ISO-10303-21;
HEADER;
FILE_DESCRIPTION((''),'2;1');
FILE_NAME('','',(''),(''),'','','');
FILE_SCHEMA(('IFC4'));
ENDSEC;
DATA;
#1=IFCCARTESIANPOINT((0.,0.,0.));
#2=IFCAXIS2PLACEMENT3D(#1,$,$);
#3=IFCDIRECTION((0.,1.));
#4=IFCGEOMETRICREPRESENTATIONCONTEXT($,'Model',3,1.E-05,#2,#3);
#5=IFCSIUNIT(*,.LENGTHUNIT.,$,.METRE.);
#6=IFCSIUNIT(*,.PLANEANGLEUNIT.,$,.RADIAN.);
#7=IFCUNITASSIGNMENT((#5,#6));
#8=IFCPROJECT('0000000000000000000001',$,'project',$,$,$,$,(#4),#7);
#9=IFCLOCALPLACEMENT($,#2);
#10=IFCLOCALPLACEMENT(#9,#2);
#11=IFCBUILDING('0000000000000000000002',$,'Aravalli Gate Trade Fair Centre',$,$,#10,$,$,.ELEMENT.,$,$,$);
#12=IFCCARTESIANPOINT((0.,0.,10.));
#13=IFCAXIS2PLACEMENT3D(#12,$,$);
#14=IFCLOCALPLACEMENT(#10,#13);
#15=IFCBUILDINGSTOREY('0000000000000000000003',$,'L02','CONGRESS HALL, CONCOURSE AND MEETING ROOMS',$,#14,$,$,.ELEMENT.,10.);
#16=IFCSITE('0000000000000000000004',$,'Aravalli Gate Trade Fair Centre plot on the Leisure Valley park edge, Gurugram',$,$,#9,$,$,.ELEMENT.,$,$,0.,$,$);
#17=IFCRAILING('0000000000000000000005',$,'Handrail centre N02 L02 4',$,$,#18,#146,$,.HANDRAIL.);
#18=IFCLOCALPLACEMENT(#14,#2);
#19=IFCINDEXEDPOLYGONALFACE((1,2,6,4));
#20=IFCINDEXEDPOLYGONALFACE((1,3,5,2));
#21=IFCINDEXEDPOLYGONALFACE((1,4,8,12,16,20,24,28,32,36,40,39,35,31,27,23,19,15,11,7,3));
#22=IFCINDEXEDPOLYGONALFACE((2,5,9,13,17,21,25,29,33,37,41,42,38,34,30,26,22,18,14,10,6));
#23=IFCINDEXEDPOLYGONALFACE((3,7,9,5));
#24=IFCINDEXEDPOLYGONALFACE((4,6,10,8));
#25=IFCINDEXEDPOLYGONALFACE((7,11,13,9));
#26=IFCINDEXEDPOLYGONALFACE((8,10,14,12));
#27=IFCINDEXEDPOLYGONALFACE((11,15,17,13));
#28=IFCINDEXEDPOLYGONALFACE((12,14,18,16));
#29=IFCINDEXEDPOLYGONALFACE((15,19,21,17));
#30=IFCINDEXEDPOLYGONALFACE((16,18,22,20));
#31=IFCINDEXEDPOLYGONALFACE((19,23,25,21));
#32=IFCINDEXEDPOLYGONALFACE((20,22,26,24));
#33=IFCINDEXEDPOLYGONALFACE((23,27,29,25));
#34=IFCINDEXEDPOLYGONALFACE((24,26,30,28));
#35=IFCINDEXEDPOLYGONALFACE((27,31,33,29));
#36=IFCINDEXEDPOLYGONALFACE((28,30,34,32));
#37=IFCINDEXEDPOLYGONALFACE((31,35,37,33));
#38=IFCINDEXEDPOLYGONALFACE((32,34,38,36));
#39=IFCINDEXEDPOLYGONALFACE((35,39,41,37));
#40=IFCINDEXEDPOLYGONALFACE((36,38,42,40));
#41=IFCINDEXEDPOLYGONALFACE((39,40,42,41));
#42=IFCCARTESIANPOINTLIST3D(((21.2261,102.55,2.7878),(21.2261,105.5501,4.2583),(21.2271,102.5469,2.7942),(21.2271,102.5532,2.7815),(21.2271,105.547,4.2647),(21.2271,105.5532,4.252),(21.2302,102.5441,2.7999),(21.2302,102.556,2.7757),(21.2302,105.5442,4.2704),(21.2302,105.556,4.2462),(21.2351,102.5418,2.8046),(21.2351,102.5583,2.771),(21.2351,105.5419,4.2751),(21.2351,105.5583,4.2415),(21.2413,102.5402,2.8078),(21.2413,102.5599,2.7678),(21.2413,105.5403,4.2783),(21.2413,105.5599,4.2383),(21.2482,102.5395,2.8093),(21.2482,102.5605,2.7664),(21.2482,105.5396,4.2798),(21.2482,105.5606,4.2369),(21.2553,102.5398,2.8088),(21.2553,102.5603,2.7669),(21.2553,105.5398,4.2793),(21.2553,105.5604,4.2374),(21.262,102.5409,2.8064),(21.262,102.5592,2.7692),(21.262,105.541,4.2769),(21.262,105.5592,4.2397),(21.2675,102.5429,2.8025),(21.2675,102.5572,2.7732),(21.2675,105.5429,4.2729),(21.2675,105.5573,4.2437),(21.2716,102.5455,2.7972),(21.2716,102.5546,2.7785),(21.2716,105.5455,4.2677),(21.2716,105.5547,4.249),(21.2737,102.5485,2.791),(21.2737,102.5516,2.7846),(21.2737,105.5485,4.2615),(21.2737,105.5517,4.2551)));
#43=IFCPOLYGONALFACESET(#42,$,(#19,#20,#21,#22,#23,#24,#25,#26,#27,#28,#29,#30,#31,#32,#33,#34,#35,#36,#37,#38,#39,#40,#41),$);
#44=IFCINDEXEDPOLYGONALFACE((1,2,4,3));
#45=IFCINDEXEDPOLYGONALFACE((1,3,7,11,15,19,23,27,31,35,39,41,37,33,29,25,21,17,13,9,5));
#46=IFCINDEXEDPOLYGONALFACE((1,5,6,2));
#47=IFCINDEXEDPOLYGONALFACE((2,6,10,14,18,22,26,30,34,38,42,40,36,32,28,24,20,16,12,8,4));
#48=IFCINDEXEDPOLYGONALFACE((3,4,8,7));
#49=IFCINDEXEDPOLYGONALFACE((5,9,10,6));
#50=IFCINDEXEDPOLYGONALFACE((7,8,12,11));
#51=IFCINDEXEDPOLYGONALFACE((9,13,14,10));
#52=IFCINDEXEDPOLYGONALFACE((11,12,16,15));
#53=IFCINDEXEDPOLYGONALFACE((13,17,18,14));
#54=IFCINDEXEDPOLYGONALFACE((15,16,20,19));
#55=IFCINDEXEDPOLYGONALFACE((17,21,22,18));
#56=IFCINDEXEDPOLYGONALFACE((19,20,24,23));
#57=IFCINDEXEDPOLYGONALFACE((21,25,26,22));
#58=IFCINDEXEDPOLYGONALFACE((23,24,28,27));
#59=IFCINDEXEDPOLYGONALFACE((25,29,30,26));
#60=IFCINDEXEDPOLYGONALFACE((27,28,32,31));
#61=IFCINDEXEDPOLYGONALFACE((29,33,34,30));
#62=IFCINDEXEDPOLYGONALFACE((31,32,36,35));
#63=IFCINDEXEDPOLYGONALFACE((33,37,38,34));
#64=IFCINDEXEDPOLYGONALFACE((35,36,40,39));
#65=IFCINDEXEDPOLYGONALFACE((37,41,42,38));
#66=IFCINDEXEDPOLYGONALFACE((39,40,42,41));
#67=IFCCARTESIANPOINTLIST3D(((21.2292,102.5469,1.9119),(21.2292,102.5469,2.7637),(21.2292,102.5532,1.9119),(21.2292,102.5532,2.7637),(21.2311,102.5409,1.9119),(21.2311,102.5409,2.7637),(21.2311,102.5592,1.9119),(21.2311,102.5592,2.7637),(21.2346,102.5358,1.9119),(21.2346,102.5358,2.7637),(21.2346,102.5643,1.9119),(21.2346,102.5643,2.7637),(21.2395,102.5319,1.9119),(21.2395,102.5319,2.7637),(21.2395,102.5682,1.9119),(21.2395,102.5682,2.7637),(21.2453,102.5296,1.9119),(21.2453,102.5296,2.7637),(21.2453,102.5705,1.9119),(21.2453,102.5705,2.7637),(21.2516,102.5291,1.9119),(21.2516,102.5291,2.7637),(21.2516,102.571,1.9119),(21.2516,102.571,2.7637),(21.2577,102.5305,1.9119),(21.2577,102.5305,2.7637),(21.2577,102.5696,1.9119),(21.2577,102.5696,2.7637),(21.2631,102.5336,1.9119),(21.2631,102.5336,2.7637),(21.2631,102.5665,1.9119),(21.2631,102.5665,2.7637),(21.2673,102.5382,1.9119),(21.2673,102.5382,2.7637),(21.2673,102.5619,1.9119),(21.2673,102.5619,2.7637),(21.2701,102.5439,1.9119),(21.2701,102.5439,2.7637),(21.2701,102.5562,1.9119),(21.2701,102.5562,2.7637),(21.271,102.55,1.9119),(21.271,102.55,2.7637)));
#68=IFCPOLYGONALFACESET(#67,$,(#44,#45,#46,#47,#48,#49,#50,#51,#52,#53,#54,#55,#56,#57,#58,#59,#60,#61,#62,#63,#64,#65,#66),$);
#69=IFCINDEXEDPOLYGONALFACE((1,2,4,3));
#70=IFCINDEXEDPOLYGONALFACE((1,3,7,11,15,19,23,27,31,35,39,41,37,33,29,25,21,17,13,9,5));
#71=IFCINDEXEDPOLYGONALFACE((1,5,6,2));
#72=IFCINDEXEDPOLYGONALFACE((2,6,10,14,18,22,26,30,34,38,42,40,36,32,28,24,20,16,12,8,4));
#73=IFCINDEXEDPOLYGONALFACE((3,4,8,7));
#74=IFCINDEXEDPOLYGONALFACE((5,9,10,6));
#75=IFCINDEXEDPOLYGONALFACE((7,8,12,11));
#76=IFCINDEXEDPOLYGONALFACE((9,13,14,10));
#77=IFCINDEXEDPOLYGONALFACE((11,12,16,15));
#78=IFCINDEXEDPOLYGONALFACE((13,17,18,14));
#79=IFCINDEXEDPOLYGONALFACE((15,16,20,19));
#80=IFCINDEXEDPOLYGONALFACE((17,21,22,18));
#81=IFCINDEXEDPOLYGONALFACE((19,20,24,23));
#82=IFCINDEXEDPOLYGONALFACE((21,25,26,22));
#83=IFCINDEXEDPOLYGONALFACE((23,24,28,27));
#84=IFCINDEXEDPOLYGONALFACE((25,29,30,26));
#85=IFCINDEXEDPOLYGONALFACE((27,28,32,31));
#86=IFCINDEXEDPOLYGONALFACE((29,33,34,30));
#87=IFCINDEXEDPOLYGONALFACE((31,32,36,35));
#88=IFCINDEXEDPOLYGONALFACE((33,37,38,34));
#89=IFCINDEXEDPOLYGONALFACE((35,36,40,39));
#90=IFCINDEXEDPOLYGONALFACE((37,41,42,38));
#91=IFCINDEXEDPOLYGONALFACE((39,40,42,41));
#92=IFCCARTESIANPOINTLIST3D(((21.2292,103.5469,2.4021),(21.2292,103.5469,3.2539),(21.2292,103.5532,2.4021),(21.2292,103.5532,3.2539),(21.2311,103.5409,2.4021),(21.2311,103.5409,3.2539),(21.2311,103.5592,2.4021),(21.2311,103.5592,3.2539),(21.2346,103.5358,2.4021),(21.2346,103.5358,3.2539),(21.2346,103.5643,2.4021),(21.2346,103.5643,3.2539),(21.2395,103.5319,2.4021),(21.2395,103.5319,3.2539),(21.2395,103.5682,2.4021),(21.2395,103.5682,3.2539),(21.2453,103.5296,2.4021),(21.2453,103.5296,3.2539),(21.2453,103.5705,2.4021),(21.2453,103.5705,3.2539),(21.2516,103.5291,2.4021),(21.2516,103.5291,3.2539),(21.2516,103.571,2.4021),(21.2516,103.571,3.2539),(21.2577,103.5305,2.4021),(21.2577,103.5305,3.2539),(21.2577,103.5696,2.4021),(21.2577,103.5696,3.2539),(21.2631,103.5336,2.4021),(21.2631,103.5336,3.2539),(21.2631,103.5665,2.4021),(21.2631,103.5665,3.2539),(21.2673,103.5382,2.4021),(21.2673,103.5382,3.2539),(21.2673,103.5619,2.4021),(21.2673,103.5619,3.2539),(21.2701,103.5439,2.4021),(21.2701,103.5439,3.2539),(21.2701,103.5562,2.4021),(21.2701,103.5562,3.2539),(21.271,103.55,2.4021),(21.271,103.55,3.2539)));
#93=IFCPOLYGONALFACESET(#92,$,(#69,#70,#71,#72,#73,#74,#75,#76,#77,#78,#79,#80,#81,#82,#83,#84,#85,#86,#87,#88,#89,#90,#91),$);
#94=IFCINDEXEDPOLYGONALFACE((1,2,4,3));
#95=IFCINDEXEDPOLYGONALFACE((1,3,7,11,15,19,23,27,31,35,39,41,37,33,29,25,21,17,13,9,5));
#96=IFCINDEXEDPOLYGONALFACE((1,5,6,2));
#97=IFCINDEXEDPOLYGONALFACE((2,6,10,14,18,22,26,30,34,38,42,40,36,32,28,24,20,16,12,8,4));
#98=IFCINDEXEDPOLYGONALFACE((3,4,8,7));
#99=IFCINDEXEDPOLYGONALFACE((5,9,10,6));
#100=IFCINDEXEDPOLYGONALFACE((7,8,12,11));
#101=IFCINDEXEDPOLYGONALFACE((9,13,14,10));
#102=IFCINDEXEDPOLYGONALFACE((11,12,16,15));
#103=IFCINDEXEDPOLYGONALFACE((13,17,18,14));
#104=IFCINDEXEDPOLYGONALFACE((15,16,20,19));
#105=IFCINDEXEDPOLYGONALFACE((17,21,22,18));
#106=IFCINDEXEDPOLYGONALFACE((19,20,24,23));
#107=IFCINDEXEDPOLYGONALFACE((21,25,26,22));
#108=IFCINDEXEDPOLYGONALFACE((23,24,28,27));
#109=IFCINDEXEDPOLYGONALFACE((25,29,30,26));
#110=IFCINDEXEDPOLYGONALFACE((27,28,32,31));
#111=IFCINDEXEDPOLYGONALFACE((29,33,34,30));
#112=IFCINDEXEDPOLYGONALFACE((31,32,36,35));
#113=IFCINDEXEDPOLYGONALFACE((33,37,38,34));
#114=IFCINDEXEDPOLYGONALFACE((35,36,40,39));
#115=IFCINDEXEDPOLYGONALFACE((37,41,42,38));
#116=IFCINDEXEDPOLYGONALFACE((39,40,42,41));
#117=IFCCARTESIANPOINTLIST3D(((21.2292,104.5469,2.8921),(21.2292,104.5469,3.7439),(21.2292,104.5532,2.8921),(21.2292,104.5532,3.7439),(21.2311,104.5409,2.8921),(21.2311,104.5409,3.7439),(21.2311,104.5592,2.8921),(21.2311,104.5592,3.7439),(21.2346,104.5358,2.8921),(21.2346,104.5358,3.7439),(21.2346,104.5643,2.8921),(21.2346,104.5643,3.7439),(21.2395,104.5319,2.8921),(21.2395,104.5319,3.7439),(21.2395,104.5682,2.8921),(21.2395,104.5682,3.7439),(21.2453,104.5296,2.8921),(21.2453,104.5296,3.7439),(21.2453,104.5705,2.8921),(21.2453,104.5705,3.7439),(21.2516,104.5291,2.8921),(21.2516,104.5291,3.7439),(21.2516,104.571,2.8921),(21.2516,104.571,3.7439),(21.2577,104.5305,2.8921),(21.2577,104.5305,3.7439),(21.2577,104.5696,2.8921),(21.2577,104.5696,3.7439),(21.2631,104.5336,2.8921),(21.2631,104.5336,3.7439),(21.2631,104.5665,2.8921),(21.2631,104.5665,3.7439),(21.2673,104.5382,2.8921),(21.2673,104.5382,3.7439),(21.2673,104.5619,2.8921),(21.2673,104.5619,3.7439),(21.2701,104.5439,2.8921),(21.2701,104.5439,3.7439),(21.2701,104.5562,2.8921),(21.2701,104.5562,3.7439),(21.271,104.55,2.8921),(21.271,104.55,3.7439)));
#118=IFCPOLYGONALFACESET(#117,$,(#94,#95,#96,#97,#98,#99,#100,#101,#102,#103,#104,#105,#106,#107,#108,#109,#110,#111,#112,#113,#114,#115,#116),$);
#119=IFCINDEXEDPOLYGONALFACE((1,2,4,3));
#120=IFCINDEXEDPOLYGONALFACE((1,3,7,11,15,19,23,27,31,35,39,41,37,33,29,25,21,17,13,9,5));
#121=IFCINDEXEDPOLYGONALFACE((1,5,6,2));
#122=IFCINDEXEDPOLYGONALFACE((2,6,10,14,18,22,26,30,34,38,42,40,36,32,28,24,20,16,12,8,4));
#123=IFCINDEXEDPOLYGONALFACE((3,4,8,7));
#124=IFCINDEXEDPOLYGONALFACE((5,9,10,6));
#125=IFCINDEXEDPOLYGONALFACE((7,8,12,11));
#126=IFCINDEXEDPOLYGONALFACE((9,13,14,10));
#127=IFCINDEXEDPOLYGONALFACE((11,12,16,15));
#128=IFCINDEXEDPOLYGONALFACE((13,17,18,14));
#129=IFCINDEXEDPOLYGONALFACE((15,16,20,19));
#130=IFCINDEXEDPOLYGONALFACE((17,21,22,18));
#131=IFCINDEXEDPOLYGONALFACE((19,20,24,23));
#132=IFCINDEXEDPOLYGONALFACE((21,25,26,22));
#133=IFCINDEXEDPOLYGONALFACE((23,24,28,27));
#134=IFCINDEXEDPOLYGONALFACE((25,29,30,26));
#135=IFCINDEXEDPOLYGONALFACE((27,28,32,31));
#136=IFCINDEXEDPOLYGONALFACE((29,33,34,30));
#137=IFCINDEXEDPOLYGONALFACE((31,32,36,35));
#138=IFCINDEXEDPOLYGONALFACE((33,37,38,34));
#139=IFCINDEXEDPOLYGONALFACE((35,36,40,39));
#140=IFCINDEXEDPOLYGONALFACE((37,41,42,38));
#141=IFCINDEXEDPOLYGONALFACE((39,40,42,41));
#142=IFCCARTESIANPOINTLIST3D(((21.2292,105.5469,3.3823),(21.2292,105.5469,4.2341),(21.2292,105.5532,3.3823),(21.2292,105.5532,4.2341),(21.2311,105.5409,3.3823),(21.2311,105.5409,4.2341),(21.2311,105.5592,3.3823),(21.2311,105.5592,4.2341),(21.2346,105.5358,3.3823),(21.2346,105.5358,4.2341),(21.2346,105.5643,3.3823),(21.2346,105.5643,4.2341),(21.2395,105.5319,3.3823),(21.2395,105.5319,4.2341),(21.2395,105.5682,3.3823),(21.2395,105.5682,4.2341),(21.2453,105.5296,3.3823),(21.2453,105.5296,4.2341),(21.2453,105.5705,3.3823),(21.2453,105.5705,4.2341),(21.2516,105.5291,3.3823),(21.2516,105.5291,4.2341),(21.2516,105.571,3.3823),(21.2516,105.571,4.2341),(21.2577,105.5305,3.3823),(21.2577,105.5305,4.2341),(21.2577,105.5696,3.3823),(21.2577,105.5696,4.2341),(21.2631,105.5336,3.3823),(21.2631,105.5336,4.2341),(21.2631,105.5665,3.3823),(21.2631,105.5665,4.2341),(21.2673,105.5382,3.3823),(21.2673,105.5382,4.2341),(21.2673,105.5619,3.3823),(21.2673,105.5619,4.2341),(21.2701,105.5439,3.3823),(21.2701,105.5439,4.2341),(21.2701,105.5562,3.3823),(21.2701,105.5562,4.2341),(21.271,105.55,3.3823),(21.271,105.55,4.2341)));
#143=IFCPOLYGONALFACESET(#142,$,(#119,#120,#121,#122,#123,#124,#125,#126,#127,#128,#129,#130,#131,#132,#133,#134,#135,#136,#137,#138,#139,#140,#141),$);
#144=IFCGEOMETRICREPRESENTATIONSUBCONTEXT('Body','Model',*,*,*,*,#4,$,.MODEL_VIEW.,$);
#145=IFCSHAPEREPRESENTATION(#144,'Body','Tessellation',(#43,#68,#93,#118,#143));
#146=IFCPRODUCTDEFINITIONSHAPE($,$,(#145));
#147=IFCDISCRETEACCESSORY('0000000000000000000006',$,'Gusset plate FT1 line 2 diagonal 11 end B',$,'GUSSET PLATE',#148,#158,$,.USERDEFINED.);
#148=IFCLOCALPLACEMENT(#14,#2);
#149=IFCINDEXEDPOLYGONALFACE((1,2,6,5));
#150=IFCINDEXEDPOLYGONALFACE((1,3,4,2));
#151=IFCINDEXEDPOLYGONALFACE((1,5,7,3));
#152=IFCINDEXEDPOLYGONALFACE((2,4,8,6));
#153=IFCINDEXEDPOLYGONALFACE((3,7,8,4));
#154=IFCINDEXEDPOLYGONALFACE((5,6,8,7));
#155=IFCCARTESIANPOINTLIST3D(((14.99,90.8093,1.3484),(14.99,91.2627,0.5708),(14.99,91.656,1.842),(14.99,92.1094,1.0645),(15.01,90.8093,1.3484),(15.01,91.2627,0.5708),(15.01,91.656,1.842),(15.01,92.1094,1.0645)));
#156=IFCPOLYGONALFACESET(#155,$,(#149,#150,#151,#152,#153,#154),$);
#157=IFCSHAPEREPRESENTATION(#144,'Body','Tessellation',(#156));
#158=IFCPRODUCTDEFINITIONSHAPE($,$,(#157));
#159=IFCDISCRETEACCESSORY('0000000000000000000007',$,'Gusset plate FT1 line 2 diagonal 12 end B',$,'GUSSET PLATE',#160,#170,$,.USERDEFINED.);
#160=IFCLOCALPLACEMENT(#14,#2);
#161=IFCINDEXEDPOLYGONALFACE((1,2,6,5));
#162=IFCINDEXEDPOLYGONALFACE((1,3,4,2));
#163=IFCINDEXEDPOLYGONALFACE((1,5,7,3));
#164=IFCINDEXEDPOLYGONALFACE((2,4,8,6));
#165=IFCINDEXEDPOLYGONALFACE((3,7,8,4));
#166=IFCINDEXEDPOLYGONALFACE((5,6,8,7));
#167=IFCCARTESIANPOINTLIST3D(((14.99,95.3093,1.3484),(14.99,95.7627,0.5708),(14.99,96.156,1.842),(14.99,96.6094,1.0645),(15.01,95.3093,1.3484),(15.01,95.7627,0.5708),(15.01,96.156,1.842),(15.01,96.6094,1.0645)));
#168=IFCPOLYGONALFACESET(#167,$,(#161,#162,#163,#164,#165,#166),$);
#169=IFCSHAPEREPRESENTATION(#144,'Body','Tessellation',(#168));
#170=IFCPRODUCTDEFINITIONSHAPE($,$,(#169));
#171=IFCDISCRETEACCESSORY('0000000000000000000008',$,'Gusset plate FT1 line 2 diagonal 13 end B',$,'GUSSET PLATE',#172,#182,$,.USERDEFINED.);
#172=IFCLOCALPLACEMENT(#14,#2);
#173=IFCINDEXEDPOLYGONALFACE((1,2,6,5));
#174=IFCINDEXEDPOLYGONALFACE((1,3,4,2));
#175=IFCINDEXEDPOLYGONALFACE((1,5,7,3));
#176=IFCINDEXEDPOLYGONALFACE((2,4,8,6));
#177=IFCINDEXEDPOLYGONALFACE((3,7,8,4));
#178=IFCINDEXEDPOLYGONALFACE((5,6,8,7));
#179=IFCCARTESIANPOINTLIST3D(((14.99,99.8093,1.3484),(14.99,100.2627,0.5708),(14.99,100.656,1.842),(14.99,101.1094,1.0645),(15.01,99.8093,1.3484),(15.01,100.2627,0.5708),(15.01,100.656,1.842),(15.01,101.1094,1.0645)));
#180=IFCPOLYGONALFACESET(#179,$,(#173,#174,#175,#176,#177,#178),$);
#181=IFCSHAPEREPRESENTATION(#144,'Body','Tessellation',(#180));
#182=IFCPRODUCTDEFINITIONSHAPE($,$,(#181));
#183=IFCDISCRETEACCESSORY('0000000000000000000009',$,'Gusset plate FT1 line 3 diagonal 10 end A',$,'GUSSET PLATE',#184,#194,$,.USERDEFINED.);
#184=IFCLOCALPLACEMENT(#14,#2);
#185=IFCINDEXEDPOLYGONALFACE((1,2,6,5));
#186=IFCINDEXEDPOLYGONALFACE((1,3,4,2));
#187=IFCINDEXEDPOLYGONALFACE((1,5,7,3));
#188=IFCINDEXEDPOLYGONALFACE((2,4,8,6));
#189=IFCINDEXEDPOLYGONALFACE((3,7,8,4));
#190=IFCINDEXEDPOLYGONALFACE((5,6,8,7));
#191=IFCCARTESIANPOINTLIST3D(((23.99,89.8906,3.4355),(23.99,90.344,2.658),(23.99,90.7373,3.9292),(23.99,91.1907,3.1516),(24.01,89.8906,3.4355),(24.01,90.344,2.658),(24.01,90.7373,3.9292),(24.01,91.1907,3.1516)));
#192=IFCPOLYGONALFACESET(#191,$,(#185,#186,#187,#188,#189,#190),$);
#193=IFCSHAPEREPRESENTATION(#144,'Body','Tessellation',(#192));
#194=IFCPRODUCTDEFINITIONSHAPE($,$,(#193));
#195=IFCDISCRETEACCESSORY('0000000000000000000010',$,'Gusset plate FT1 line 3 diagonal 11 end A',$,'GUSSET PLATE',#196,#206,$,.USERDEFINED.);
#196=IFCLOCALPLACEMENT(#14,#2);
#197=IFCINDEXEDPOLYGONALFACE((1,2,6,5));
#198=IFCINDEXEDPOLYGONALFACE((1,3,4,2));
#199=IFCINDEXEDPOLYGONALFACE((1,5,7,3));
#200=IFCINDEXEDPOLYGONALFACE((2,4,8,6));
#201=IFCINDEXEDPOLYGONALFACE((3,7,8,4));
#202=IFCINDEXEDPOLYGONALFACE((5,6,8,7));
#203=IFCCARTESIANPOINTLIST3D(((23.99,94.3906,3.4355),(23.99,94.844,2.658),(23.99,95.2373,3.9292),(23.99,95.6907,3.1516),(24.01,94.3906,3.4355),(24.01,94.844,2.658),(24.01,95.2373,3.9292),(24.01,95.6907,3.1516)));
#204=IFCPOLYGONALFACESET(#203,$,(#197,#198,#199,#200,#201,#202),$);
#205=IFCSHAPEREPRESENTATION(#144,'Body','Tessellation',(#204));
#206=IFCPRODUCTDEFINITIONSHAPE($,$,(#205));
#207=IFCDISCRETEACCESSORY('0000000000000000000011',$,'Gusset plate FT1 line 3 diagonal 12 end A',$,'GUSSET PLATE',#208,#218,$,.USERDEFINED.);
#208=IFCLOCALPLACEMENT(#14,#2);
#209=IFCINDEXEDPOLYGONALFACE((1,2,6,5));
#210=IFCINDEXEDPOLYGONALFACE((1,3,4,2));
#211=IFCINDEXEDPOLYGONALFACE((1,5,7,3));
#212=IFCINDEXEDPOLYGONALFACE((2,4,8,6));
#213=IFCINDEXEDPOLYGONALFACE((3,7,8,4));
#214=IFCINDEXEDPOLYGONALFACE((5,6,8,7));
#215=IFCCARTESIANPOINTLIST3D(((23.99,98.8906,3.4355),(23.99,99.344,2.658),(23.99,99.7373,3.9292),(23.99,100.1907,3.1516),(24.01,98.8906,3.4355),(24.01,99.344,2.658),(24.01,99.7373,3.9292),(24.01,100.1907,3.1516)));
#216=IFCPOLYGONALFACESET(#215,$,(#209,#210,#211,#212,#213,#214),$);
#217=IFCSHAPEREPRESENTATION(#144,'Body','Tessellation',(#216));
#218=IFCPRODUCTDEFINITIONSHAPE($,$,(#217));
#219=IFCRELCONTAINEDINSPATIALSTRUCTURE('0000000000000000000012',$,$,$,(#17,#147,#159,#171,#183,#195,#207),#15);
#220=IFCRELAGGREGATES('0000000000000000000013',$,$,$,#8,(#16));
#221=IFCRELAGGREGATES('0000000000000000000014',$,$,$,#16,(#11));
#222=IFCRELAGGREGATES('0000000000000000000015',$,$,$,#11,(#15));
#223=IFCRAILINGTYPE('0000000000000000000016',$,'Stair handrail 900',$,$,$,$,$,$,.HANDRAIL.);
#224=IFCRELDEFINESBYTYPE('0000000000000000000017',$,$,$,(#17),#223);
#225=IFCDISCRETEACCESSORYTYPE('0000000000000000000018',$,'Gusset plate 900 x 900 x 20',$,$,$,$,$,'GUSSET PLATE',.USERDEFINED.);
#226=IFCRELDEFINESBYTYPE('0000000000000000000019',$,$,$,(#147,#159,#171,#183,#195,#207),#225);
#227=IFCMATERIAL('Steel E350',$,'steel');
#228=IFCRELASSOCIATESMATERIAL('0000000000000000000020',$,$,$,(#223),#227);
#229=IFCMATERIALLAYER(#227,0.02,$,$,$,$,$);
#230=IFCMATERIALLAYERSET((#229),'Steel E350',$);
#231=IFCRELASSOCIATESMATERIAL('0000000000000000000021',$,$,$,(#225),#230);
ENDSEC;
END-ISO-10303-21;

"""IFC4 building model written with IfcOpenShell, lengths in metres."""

from ifc_helpers import new_model, si_unit, direction, frame, origin, origin_2d, place, context, subcontext, project, spatial, polyline, circle, outline, extrude, material, layer, layer_set, type_object, element, save


model = new_model("IFC4")

# Units and contexts
model_context = context("Model", 3, precision=1e-05, world=origin(), true_north=direction((0.0, 1.0)))
body_context = subcontext(model_context, "Body", "Model", "MODEL_VIEW")
ifc_project = project(units=[si_unit("LENGTHUNIT", "METRE"), si_unit("PLANEANGLEUNIT", "RADIAN")], contexts=[model_context])

# Site, building, storey
site_placement = place(None, origin())
site = spatial("IfcSite", under=ifc_project, at=site_placement, Name="Aravalli Gate Trade Fair Centre plot on the Leisure Valley park edge, Gurugram", CompositionType="ELEMENT", RefElevation=0.0)
building_placement = place(site_placement, origin())
building = spatial("IfcBuilding", under=site, at=building_placement, Name="Aravalli Gate Trade Fair Centre", CompositionType="ELEMENT")
storey_placement = place(building_placement, frame((0.0, 0.0, 10.0)))
storey = spatial("IfcBuildingStorey", under=building, at=storey_placement, Name="L02", Description="CONGRESS HALL, CONCOURSE AND MEETING ROOMS", CompositionType="ELEMENT", Elevation=10.0)

# Shared definitions
ifc_material_1 = material(Name="Steel E350", Category="steel")

# Railing
railing_type_1 = type_object("IfcRailingType", Name="Stair handrail 900", PredefinedType="HANDRAIL", material=ifc_material_1)
for number, where, name in (
    (1, (21.25, 102.55, 1.9119), "Handrail centre N02 L02 4"),
):
    element("IfcRailing", number, at=place(storey_placement, frame(where)), inside=storey, type_object=railing_type_1, Name=name, PredefinedType="HANDRAIL", context=body_context, shape_type="SweptSolid", body=[
        extrude(circle(Radius=0.0239, at=origin_2d()), frame((0.0, 0.0, 0.876), z_axis=(0.0, 0.897936, 0.440126), x_axis=(-1.0, 0.0, 0.0)), (0.0, 0.0, 1.0), 3.3411),
        extrude(circle(Radius=0.021, at=origin_2d()), origin(), (0.0, 0.0, 1.0), 0.8518),
        extrude(circle(Radius=0.021, at=origin_2d()), frame((0.0, 1.0, 0.4902)), (0.0, 0.0, 1.0), 0.8518),
        extrude(circle(Radius=0.021, at=origin_2d()), frame((0.0, 2.0, 0.9802)), (0.0, 0.0, 1.0), 0.8518),
        extrude(circle(Radius=0.021, at=origin_2d()), frame((0.0, 3.0, 1.4705)), (0.0, 0.0, 1.0), 0.8518),
    ])

# Discrete accessories
ifc_layer_1 = layer(ifc_material_1, 0.02)
ifc_layer_set_1 = layer_set([ifc_layer_1], Name="Steel E350")
discrete_accessory_type = type_object("IfcDiscreteAccessoryType", Name="Gusset plate 900 x 900 x 20", ElementType="GUSSET PLATE", PredefinedType="USERDEFINED", material=ifc_layer_set_1)
for number, where, z_axis, x_axis, name in (
    (2, (15.01, 91.656, 1.842), (1.0, 0.0, 0.0), (0.0, -0.863887, -0.503685), "Gusset plate FT1 line 2 diagonal 11 end B"),
    (3, (15.01, 96.156, 1.842), (1.0, 0.0, 0.0), (0.0, -0.863887, -0.503685), "Gusset plate FT1 line 2 diagonal 12 end B"),
    (4, (15.01, 100.656, 1.842), (1.0, 0.0, 0.0), (0.0, -0.863887, -0.503685), "Gusset plate FT1 line 2 diagonal 13 end B"),
):
    element("IfcDiscreteAccessory", number, at=place(storey_placement, frame(where, z_axis=z_axis, x_axis=x_axis)), inside=storey, type_object=discrete_accessory_type, Name=name, ObjectType="GUSSET PLATE", PredefinedType="USERDEFINED", context=body_context, shape_type="SweptSolid", body=[
        extrude(outline(polyline([(0.0, 0.0), (0.9801, 0.0), (0.9801, 0.9001), (0.0, 0.9001), (0.0, 0.0)])), origin(), (0.0, 0.0, -1.0), 0.02),
    ])
for number, where, z_axis, x_axis, name in (
    (5, (23.99, 89.8906, 3.4355), (-1.0, 0.0, 0.0), (0.0, 0.863887, 0.503685), "Gusset plate FT1 line 3 diagonal 10 end A"),
    (6, (23.99, 94.3906, 3.4355), (-1.0, 0.0, 0.0), (0.0, 0.863887, 0.503685), "Gusset plate FT1 line 3 diagonal 11 end A"),
    (7, (23.99, 98.8906, 3.4355), (-1.0, 0.0, 0.0), (0.0, 0.863887, 0.503685), "Gusset plate FT1 line 3 diagonal 12 end A"),
):
    element("IfcDiscreteAccessory", number, at=place(storey_placement, frame(where, z_axis=z_axis, x_axis=x_axis)), inside=storey, type_object=discrete_accessory_type, Name=name, ObjectType="GUSSET PLATE", PredefinedType="USERDEFINED", context=body_context, shape_type="SweptSolid", body=[
        extrude(outline(polyline([(0.0, 0.0), (0.9801, 0.0), (0.9801, 0.9001), (0.0, 0.9001), (0.0, 0.0)])), origin(), (0.0, 0.0, -1.0), 0.02),
    ])

save(model, "model.ifc")
